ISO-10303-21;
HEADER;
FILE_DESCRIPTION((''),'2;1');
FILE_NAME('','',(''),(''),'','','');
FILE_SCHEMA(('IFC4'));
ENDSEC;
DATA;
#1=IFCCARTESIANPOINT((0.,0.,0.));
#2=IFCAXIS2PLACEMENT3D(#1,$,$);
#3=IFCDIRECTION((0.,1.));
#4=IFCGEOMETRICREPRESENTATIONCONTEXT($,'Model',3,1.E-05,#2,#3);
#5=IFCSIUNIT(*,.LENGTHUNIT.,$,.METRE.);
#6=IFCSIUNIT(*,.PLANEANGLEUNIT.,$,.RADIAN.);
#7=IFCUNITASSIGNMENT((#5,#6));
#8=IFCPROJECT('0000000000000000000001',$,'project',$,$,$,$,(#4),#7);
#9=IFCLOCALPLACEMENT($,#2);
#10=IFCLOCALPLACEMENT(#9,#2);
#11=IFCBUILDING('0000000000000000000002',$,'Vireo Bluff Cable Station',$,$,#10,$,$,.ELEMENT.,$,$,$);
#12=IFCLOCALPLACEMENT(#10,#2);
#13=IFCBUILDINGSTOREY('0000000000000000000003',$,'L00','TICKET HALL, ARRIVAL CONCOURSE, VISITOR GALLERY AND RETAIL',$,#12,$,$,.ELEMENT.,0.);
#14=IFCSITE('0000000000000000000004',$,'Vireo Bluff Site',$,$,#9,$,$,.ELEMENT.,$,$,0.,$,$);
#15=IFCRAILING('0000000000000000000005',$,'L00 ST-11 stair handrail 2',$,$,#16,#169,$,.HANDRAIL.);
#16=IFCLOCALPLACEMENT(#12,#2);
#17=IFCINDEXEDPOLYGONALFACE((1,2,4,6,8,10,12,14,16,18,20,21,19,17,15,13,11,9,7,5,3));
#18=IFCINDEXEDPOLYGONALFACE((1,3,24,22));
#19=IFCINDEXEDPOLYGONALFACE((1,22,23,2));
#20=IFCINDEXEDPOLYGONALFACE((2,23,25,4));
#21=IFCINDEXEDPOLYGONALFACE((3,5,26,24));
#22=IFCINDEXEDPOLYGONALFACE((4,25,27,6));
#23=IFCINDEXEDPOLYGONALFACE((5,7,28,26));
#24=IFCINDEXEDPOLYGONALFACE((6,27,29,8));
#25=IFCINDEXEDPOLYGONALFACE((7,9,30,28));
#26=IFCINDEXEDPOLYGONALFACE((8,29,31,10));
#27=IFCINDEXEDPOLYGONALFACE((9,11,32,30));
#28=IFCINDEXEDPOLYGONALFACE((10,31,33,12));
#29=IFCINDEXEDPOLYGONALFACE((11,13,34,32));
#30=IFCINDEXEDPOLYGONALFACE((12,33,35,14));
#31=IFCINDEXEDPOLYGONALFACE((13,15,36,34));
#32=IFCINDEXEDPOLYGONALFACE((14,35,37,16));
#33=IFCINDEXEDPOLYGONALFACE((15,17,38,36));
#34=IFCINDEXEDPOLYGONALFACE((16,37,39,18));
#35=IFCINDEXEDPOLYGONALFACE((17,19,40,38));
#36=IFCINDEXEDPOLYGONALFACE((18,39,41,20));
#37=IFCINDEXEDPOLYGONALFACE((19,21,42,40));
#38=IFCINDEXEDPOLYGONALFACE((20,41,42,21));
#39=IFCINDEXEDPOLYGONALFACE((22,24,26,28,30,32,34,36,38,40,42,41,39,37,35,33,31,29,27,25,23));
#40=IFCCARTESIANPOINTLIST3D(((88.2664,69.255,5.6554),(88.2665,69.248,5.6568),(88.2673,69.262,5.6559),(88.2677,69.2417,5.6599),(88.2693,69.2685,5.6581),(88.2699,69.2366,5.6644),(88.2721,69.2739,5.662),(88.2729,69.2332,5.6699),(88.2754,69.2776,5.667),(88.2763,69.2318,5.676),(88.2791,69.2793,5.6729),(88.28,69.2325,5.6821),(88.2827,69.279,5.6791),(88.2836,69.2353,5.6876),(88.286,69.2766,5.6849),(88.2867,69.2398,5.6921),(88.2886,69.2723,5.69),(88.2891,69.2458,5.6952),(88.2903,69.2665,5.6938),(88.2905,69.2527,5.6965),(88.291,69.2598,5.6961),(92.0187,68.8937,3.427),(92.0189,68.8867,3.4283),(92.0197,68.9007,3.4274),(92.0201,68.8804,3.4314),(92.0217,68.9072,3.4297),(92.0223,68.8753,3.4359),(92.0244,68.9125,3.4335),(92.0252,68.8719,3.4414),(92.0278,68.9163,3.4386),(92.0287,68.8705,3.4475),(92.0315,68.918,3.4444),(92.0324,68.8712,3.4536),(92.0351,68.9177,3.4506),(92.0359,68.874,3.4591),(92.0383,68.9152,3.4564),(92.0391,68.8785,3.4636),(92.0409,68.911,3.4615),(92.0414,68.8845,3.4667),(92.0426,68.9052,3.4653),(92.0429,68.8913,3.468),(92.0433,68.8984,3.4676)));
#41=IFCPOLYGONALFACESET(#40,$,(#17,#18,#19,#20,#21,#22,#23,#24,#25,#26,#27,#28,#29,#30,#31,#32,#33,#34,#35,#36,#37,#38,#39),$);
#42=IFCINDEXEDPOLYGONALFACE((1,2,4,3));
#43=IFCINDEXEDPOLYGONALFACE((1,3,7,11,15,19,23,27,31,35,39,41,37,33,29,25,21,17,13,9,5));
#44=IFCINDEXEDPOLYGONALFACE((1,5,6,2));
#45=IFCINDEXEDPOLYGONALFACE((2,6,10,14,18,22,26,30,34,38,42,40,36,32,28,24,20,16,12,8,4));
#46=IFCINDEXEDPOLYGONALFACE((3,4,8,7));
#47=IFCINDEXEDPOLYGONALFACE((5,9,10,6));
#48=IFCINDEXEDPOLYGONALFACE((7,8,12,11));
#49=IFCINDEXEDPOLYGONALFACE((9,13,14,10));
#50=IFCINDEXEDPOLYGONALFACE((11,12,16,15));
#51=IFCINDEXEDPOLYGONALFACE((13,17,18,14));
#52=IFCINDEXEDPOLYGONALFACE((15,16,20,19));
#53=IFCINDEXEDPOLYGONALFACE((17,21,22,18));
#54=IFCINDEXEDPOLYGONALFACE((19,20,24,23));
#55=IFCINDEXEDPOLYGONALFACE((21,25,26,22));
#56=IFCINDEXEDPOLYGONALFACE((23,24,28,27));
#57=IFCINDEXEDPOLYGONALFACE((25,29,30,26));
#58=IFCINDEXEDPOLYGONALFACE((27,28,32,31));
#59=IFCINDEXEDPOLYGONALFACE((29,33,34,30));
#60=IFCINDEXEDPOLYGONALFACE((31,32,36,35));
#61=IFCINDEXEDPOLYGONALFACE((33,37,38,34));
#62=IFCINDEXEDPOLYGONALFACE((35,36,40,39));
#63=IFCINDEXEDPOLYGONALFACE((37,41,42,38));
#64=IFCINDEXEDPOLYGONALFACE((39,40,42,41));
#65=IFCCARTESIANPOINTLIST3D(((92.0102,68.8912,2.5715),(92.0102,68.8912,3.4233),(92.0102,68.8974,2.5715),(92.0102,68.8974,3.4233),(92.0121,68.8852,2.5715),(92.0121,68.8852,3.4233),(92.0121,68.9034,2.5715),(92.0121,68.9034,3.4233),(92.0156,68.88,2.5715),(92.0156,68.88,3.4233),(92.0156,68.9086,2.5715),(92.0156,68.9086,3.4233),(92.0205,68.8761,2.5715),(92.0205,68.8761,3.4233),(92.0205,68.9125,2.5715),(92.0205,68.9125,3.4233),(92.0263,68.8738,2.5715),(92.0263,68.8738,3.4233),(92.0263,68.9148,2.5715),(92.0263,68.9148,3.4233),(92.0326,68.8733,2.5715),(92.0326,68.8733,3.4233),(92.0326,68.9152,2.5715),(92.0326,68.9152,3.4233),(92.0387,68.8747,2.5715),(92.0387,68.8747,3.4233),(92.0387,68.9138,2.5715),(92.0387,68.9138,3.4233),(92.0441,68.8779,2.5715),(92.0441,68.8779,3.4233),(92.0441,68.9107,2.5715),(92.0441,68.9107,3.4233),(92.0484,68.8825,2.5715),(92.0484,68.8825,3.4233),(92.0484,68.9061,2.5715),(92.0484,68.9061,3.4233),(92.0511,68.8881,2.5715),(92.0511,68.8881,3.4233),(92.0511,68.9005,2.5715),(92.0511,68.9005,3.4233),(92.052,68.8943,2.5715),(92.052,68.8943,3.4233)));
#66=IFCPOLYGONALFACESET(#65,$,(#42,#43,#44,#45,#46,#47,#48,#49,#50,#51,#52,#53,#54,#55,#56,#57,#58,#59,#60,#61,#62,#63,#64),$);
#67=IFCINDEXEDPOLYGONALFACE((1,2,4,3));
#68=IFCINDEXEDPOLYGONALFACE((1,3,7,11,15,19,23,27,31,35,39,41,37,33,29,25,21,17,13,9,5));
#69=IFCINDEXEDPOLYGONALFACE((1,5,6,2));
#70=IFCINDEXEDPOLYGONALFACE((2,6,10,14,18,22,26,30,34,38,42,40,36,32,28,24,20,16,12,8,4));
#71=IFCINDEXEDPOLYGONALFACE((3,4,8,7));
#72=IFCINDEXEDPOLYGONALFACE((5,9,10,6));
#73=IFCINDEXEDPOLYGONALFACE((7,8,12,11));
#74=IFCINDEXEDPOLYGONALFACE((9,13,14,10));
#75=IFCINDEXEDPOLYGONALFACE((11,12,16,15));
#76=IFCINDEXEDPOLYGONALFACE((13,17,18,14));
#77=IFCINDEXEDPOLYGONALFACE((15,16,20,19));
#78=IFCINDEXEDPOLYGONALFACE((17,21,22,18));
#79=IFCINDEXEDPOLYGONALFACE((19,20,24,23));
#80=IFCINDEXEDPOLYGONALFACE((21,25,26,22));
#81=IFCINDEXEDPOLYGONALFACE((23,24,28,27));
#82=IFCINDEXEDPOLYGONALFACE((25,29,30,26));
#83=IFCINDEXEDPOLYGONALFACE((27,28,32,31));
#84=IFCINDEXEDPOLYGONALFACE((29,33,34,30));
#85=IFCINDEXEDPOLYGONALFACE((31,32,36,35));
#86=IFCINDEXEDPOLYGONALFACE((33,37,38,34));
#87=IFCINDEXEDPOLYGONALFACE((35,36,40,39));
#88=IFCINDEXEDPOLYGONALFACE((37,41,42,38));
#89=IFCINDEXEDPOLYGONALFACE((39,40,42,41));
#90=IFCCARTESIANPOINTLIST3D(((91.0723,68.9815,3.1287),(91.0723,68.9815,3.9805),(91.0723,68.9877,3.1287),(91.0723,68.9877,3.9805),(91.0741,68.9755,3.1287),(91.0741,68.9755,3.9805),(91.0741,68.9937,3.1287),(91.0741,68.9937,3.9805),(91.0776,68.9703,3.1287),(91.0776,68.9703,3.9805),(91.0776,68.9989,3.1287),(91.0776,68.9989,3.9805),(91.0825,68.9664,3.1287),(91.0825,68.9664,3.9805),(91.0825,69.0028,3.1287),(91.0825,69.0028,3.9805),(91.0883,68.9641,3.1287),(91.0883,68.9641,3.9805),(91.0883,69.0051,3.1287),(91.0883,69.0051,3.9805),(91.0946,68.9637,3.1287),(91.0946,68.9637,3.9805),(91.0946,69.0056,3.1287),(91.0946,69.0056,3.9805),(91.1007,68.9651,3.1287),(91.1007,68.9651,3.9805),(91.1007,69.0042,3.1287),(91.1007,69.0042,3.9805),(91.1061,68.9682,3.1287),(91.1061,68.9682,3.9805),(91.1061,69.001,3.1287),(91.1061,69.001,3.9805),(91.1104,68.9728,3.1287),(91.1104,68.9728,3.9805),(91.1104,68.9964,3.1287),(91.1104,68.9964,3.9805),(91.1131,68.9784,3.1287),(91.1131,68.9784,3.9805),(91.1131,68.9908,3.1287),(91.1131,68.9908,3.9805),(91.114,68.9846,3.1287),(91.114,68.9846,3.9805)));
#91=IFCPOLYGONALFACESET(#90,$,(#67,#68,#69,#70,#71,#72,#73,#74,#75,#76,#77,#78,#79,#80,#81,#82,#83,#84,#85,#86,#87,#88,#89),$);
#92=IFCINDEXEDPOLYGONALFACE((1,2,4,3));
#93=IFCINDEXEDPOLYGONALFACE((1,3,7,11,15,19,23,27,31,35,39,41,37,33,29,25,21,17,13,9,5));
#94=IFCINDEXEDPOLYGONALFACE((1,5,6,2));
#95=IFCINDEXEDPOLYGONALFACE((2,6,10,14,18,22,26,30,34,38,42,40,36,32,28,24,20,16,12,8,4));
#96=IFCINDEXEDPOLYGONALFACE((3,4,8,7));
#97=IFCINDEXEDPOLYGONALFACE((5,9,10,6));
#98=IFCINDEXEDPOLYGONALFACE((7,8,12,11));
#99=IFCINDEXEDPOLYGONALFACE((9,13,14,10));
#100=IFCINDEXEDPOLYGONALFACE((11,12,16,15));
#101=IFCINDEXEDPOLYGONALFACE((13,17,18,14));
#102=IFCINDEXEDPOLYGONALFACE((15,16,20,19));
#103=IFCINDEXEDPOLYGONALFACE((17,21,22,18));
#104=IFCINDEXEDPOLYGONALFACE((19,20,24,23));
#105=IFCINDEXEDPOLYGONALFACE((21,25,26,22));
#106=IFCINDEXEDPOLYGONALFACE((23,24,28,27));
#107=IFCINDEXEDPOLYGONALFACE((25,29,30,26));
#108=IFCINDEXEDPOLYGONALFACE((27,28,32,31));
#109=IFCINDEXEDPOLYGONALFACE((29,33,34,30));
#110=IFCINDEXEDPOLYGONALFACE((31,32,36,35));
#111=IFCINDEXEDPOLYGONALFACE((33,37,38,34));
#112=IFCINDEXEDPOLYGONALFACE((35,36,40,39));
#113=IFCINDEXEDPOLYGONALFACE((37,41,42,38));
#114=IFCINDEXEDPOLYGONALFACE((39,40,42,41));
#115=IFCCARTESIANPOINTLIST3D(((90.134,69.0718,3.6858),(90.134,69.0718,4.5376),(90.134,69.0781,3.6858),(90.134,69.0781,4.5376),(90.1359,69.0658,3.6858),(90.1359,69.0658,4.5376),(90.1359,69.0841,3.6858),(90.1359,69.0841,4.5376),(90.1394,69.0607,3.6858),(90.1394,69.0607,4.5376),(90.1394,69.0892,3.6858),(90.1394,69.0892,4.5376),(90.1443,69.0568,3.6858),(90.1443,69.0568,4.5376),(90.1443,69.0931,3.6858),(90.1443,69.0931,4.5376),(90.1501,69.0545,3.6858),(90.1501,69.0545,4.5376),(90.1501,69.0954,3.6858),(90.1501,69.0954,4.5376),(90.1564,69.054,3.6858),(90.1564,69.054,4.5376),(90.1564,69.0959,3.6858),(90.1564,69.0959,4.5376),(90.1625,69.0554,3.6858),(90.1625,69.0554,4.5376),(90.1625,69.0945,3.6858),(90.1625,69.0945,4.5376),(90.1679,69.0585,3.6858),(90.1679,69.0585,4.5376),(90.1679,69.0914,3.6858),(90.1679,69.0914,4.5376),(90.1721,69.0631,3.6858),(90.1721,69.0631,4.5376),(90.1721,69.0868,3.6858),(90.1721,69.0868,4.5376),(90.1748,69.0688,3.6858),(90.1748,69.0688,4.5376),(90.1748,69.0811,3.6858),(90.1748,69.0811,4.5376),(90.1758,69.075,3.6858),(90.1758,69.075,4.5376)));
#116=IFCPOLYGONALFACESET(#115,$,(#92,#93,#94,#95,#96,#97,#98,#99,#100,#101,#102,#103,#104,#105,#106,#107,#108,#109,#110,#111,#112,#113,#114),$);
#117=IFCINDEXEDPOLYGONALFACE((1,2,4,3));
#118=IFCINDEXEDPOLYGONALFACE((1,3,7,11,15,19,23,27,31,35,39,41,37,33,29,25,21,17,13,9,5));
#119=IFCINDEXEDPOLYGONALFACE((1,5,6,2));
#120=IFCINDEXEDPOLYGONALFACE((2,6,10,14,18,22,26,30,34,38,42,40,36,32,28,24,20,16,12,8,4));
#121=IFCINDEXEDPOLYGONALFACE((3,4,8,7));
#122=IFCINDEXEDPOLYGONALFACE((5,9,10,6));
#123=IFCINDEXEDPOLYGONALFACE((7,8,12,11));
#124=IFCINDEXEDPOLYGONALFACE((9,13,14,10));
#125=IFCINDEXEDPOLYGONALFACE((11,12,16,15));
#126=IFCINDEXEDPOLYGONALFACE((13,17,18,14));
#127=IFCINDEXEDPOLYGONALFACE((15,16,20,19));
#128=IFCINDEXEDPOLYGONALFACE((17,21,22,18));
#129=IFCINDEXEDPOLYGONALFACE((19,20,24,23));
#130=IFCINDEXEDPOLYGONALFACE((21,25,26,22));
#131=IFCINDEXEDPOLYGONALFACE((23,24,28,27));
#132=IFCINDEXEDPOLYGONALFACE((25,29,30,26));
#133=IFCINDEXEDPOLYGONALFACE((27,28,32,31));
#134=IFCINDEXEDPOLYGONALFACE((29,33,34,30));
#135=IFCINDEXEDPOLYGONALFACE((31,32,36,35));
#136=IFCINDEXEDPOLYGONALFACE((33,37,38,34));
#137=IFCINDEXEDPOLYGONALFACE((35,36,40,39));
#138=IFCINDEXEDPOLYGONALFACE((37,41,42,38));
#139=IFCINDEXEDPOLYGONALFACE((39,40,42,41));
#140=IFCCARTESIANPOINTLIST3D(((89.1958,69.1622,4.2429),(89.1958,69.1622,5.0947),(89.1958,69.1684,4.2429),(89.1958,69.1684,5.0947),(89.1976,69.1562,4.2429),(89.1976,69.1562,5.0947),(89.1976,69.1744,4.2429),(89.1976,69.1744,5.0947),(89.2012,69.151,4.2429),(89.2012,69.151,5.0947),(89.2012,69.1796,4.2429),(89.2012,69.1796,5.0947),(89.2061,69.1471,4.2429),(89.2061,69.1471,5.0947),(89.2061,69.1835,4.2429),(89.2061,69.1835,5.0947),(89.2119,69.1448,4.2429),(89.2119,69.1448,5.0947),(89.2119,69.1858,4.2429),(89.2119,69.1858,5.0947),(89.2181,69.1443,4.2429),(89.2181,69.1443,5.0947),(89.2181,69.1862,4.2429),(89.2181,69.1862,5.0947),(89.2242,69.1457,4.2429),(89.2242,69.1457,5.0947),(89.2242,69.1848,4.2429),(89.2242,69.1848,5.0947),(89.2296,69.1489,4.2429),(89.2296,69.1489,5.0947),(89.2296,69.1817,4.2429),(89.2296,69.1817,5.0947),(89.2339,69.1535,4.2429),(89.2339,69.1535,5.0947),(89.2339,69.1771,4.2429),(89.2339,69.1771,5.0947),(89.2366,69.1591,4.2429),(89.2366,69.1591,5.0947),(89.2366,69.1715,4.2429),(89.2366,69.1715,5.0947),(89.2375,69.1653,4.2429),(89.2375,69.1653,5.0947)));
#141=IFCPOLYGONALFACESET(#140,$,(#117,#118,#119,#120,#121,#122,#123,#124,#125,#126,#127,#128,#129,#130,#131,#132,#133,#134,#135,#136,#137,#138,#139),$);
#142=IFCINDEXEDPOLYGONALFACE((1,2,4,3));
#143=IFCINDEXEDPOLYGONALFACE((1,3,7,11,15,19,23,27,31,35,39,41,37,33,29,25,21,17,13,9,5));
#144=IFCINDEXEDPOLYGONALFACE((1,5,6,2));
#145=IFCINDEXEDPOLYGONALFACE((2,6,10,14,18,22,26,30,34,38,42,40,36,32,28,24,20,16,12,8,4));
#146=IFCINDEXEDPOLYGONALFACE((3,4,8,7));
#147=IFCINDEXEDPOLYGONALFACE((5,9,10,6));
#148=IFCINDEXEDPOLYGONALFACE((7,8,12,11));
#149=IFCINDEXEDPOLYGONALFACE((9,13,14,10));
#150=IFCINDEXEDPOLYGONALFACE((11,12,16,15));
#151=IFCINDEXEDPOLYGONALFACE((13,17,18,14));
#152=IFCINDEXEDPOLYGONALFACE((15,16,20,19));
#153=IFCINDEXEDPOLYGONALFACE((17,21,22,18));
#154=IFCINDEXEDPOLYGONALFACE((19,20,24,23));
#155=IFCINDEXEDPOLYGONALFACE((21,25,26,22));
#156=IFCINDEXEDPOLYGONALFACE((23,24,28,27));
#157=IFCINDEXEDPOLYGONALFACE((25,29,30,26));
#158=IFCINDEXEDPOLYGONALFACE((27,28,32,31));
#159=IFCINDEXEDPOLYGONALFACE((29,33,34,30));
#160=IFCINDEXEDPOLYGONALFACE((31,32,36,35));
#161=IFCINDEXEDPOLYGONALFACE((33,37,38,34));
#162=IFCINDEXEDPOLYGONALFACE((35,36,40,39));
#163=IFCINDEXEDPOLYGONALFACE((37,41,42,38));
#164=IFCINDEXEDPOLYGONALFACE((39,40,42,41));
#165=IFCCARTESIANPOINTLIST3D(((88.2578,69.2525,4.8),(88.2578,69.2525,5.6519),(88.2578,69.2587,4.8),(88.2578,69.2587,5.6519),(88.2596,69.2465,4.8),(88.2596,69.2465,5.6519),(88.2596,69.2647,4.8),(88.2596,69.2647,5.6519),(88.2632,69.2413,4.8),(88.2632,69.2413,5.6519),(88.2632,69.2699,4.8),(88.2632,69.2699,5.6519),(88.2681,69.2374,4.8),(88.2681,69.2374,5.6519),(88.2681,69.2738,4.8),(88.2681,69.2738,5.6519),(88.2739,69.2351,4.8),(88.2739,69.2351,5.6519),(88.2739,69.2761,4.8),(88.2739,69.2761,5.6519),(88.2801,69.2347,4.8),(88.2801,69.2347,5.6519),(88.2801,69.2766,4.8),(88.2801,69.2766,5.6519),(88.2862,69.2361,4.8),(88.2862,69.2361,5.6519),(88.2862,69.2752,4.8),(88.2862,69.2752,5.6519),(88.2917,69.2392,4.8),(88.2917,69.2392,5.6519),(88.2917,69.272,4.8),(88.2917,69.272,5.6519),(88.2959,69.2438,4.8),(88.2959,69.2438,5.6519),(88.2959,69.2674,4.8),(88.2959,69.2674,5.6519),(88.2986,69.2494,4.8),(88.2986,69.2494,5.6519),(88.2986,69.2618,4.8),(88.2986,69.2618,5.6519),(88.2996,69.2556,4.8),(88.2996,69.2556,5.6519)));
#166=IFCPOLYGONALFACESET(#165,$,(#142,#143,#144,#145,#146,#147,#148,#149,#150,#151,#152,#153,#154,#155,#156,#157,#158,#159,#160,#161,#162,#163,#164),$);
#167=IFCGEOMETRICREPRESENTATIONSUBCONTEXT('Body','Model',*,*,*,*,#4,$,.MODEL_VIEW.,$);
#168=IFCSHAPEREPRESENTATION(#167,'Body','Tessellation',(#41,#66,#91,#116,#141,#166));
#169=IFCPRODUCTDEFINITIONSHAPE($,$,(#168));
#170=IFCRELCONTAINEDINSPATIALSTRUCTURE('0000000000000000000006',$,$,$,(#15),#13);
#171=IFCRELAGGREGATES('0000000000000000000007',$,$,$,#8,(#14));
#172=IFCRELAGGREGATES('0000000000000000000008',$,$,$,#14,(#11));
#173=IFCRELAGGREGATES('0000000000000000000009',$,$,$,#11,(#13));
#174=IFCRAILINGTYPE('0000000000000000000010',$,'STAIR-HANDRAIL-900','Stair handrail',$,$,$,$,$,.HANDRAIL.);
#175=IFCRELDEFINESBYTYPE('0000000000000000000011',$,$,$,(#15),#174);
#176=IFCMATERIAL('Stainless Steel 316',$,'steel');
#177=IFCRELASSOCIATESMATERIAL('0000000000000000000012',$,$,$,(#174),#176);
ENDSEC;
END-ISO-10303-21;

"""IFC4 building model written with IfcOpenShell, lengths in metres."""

from ifc_helpers import new_model, si_unit, direction, frame, origin, origin_2d, place, context, subcontext, project, spatial, circle, extrude, material, type_object, element, save


model = new_model("IFC4")

# Units and contexts
model_context = context("Model", 3, precision=1e-05, world=origin(), true_north=direction((0.0, 1.0)))
body_context = subcontext(model_context, "Body", "Model", "MODEL_VIEW")
ifc_project = project(units=[si_unit("LENGTHUNIT", "METRE"), si_unit("PLANEANGLEUNIT", "RADIAN")], contexts=[model_context])

# Site, building, storey
site_placement = place(None, origin())
site = spatial("IfcSite", under=ifc_project, at=site_placement, Name="Vireo Bluff Site", CompositionType="ELEMENT", RefElevation=0.0)
building_placement = place(site_placement, origin())
building = spatial("IfcBuilding", under=site, at=building_placement, Name="Vireo Bluff Cable Station", CompositionType="ELEMENT")
storey_placement = place(building_placement, origin())
storey = spatial("IfcBuildingStorey", under=building, at=storey_placement, Name="L00", Description="TICKET HALL, ARRIVAL CONCOURSE, VISITOR GALLERY AND RETAIL", CompositionType="ELEMENT", Elevation=0.0)

# Railing
ifc_material_1 = material(Name="Stainless Steel 316", Category="steel")
railing_type_1 = type_object("IfcRailingType", Name="STAIR-HANDRAIL-900", Description="Stair handrail", PredefinedType="HANDRAIL", material=ifc_material_1)
railing_1_placement = place(storey_placement, frame((92.031, 68.8943, 2.5715)))
element("IfcRailing", 1, at=railing_1_placement, inside=storey, type_object=railing_type_1, Name="L00 ST-11 stair handrail 2", PredefinedType="HANDRAIL", context=body_context, shape_type="SweptSolid", body=[
    extrude(circle(Radius=0.0239, at=origin_2d()), frame((0.0, 0.0, 0.876), z_axis=(-0.856872, 0.08251, 0.508883), x_axis=(-0.095848, -0.995396, 0.0)), (0.0, 0.0, 1.0), 4.3792),
    extrude(circle(Radius=0.021, at=origin_2d()), origin(), (0.0, 0.0, 1.0), 0.8518),
    extrude(circle(Radius=0.021, at=origin_2d()), frame((-0.938, 0.0903, 0.5571)), (0.0, 0.0, 1.0), 0.8518),
    extrude(circle(Radius=0.021, at=origin_2d()), frame((-1.8762, 0.1807, 1.1143)), (0.0, 0.0, 1.0), 0.8518),
    extrude(circle(Radius=0.021, at=origin_2d()), frame((-2.8145, 0.271, 1.6714)), (0.0, 0.0, 1.0), 0.8518),
    extrude(circle(Radius=0.021, at=origin_2d()), frame((-3.7524, 0.3613, 2.2285)), (0.0, 0.0, 1.0), 0.8518),
])

save(model, "model.ifc")
